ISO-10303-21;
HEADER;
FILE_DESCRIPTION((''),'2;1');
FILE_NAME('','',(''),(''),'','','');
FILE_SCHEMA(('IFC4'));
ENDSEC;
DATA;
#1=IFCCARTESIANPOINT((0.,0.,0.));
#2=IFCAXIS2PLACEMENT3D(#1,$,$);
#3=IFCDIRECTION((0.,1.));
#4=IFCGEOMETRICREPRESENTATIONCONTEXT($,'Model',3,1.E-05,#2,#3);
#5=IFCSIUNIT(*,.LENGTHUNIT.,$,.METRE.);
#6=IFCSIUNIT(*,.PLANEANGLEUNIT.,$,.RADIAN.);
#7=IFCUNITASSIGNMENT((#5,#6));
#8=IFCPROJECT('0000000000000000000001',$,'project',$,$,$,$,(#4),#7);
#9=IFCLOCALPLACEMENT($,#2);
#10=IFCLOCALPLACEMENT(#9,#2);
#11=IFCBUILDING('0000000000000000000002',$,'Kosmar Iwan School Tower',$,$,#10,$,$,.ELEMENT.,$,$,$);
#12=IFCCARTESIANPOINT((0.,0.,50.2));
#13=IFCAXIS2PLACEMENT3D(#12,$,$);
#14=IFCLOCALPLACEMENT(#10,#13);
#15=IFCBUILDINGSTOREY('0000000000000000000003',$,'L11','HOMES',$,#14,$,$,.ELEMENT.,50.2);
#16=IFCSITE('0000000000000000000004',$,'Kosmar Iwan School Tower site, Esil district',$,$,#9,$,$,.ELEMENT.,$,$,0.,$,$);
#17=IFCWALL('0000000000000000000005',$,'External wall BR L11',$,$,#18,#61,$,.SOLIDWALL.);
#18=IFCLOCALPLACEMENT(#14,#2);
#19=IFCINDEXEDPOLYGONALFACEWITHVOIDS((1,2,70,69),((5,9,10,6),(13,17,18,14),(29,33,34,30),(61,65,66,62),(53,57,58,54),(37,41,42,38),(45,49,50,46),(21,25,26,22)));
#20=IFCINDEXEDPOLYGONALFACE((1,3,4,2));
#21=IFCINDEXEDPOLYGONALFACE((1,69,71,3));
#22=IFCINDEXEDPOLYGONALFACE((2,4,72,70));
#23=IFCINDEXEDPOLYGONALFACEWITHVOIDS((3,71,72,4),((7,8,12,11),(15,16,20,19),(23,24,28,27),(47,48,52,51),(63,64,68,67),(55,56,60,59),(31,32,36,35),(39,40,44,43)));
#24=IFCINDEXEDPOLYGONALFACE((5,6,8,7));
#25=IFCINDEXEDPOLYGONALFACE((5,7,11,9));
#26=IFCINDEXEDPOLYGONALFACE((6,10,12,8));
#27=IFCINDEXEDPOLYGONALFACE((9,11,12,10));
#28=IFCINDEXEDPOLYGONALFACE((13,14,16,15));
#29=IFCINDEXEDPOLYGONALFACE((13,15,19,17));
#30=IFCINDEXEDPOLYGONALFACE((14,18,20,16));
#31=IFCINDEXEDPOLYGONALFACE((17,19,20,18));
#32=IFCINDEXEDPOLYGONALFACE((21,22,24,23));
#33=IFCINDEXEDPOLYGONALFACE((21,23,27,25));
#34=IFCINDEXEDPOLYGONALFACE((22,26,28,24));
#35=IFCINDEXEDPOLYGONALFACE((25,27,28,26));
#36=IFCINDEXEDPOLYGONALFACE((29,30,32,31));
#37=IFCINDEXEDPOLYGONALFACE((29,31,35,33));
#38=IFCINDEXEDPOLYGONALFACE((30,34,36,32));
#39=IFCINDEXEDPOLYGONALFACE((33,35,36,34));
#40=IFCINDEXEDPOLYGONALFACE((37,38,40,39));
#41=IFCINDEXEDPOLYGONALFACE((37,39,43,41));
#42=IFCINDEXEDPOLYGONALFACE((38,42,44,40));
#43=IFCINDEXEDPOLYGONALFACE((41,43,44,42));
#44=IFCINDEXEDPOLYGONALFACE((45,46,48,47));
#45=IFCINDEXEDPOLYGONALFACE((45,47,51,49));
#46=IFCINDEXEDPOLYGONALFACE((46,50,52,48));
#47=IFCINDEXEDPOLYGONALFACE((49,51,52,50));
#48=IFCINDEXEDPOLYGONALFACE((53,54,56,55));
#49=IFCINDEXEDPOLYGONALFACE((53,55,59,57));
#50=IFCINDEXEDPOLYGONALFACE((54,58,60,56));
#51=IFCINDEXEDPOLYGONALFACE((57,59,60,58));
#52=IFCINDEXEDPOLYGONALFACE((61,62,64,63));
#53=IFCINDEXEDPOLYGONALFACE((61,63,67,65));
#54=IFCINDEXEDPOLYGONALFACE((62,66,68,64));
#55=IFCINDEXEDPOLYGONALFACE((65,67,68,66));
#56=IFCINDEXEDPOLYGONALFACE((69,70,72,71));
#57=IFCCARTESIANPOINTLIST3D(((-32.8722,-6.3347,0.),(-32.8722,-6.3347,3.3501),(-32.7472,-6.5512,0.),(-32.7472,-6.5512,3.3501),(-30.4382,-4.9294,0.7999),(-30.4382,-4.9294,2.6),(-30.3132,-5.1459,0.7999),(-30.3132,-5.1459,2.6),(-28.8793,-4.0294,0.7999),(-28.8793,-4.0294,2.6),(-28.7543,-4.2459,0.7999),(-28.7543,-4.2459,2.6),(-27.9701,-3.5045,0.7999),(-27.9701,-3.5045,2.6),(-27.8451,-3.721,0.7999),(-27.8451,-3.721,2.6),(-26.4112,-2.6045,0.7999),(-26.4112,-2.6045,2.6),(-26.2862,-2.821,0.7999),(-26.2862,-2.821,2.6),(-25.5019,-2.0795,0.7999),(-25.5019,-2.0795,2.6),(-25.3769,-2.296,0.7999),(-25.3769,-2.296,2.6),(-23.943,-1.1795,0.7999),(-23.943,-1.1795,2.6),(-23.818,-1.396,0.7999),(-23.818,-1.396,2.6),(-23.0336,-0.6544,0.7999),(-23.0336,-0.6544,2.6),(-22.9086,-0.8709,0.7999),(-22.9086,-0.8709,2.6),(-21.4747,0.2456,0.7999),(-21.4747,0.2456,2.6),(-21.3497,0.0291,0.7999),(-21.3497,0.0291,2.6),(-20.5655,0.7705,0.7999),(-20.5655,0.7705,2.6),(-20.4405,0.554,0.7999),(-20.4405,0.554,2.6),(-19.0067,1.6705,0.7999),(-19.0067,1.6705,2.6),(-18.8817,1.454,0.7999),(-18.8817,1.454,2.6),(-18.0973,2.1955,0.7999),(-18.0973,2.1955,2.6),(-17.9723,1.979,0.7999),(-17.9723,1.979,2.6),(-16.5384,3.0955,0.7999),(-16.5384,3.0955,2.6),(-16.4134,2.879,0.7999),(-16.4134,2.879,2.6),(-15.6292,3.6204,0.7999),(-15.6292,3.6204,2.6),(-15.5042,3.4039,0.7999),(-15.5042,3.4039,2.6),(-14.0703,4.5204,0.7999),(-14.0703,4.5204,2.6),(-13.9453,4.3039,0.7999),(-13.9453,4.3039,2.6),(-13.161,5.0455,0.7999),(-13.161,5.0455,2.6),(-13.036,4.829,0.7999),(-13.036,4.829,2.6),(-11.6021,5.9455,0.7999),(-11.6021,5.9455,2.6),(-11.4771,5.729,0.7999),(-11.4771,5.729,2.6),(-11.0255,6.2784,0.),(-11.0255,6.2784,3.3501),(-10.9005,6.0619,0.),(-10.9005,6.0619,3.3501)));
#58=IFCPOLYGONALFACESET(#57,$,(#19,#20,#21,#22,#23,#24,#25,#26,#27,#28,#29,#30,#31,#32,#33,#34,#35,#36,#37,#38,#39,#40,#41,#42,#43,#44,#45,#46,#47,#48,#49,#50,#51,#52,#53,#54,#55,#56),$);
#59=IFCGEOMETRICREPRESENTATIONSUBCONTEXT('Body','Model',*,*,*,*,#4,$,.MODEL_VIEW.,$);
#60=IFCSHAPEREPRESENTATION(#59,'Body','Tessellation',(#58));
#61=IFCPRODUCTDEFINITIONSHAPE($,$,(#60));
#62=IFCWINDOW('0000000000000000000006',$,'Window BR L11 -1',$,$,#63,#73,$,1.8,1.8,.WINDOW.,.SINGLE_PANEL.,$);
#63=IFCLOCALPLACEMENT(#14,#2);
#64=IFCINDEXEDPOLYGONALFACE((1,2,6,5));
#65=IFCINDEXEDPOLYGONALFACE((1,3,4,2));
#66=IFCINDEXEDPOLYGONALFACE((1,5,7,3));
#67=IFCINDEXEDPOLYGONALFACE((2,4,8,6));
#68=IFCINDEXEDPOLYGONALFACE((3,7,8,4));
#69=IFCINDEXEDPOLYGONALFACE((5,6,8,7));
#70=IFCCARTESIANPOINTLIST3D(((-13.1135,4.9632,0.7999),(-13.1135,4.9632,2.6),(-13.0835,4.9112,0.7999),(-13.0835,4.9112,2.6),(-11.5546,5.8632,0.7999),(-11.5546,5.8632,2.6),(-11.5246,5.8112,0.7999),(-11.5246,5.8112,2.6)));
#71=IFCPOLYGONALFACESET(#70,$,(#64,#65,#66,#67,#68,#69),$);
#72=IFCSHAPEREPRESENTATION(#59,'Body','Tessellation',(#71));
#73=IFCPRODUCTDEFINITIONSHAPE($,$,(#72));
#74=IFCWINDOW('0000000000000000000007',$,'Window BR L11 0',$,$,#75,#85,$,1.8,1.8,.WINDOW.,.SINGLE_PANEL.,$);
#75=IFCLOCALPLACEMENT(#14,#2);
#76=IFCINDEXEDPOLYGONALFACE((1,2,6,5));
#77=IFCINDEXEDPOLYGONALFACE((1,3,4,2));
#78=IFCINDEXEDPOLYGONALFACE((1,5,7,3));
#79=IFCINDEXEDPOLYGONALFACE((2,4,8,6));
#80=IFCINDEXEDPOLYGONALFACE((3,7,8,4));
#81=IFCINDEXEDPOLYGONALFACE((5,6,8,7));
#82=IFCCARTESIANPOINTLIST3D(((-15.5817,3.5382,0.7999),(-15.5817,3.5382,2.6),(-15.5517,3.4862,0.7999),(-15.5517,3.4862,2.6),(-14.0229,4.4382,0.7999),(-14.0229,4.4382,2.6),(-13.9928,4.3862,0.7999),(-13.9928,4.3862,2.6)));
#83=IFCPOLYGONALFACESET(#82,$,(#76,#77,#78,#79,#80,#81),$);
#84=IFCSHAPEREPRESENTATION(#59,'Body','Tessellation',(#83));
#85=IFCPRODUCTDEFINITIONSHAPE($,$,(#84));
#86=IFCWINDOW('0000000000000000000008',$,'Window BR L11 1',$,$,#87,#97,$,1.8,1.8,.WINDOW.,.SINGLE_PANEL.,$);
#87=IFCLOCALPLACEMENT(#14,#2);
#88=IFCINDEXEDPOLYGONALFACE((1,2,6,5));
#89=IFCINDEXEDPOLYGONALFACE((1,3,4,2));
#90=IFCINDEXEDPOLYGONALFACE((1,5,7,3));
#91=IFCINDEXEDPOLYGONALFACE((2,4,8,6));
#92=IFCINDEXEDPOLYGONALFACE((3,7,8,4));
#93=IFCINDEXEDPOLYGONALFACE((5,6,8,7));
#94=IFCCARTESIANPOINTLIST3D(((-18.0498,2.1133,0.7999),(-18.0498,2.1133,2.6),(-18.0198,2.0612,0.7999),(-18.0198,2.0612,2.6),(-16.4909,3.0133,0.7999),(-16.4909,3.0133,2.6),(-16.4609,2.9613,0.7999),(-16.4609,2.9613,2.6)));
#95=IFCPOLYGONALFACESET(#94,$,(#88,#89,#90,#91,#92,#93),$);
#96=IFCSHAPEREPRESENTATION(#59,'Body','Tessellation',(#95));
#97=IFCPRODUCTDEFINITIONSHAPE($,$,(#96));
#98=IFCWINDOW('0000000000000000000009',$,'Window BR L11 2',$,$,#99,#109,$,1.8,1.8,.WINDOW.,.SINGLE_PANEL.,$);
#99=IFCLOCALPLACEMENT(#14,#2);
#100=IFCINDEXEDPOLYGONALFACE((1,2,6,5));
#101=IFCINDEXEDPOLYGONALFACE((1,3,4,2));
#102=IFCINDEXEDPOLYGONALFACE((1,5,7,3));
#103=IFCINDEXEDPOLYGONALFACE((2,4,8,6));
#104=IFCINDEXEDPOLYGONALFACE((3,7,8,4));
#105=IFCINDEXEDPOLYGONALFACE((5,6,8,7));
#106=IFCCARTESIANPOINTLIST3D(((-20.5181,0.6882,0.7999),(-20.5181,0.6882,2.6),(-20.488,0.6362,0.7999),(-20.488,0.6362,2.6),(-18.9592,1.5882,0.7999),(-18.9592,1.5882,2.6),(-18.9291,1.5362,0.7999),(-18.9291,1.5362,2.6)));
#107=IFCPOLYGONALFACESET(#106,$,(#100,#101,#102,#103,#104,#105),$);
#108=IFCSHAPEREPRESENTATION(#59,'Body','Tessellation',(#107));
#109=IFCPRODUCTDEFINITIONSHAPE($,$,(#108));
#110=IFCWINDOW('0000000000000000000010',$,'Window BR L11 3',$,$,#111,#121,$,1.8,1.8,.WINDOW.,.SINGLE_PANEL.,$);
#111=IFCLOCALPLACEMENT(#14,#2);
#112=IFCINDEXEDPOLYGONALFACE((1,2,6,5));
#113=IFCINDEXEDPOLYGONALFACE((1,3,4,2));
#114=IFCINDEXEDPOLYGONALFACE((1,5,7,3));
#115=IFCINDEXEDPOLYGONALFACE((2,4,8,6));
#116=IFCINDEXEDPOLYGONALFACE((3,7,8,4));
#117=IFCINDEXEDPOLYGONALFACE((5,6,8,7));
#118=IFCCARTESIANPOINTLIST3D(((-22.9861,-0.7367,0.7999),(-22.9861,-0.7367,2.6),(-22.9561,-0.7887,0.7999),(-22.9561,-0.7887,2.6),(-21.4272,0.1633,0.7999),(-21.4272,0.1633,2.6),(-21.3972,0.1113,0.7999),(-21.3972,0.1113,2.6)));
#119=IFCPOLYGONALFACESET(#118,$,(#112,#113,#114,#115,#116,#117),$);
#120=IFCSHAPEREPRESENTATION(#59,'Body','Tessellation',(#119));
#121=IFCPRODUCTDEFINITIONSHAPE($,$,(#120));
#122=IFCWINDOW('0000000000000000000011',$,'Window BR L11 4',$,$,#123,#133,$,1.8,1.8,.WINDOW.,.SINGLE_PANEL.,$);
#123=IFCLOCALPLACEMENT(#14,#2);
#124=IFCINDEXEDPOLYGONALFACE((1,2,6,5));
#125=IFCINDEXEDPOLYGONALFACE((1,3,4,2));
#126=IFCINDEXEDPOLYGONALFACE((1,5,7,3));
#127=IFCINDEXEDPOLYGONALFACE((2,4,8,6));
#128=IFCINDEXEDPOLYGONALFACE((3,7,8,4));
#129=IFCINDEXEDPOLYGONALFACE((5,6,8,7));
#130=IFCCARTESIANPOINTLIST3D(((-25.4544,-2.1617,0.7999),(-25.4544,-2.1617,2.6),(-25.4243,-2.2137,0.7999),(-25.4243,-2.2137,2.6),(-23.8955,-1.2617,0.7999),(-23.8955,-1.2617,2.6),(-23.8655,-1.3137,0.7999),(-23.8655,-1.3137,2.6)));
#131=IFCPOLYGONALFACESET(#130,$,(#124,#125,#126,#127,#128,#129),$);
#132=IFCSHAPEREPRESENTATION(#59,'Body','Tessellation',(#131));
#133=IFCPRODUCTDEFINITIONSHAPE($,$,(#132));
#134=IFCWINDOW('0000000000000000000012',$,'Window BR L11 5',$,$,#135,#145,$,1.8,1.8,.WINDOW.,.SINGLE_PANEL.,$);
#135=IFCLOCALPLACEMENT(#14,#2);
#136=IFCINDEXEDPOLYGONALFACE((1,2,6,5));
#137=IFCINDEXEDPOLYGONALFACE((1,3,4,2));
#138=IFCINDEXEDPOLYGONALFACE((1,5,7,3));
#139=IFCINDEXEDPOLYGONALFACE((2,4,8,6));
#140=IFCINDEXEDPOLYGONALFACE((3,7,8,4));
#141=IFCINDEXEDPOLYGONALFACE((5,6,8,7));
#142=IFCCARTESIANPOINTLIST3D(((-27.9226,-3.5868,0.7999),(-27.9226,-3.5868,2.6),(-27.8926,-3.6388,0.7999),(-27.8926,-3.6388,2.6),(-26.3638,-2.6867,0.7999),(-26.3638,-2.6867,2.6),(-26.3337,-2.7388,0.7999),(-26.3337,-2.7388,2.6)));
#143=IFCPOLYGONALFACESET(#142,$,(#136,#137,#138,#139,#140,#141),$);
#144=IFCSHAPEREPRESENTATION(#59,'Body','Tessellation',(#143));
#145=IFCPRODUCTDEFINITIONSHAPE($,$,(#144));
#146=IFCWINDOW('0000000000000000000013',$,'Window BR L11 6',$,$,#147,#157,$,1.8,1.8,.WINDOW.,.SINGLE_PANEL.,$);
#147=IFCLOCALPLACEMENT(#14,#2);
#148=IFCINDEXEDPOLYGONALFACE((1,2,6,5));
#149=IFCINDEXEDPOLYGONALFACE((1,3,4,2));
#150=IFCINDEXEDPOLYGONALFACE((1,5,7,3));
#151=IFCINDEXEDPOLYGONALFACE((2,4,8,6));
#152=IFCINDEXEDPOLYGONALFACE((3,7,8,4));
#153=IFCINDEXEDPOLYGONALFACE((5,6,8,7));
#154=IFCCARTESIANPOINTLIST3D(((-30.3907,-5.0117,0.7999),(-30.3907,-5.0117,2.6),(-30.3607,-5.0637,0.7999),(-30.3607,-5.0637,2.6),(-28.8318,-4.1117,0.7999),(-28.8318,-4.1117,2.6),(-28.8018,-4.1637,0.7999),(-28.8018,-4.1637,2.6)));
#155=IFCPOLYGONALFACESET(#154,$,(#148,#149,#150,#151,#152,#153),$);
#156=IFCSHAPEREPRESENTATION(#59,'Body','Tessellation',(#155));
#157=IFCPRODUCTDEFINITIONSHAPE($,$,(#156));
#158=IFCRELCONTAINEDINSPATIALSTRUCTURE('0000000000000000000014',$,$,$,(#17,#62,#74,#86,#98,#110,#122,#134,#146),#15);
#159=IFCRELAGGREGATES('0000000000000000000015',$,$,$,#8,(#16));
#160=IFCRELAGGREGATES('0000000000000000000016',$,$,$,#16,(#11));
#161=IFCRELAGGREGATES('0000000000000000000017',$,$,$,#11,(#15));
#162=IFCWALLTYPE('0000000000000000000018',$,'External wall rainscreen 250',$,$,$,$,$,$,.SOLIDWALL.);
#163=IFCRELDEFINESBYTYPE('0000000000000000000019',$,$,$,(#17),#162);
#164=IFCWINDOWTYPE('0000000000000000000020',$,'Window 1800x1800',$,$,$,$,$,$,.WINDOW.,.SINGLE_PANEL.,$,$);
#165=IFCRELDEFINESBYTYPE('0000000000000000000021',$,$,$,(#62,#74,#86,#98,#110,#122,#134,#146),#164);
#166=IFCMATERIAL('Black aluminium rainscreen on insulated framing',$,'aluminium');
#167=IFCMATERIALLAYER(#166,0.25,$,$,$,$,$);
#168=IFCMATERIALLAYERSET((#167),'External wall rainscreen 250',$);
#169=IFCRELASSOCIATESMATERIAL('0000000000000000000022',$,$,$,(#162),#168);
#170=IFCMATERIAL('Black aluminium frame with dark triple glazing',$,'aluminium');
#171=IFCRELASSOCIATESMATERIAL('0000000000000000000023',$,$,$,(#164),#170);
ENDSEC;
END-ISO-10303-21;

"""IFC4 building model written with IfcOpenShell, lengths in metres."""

from ifc_helpers import new_model, si_unit, direction, frame, frame_2d, origin, place, context, subcontext, project, spatial, rectangle, extrude, material, layer, layer_set, type_object, element, fill, save


model = new_model("IFC4")

# Units and contexts
model_context = context("Model", 3, precision=1e-05, world=origin(), true_north=direction((0.0, 1.0)))
body_context = subcontext(model_context, "Body", "Model", "MODEL_VIEW")
ifc_project = project(units=[si_unit("LENGTHUNIT", "METRE"), si_unit("PLANEANGLEUNIT", "RADIAN")], contexts=[model_context])

# Site, building, storey
site_placement = place(None, origin())
site = spatial("IfcSite", under=ifc_project, at=site_placement, Name="Kosmar Iwan School Tower site, Esil district", CompositionType="ELEMENT", RefElevation=0.0)
building_placement = place(site_placement, origin())
building = spatial("IfcBuilding", under=site, at=building_placement, Name="Kosmar Iwan School Tower", CompositionType="ELEMENT")
storey_placement = place(building_placement, frame((0.0, 0.0, 50.2)))
storey = spatial("IfcBuildingStorey", under=building, at=storey_placement, Name="L11", Description="HOMES", CompositionType="ELEMENT", Elevation=50.2)

# Wall, openings, windows
ifc_material_1 = material(Name="Black aluminium rainscreen on insulated framing", Category="aluminium")
ifc_layer = layer(ifc_material_1, 0.25)
ifc_layer_set = layer_set([ifc_layer], Name="External wall rainscreen 250")
wall_type = type_object("IfcWallType", Name="External wall rainscreen 250", PredefinedType="SOLIDWALL", material=ifc_layer_set)
ifc_material_2 = material(Name="Black aluminium frame with dark triple glazing", Category="aluminium")
window_type = type_object("IfcWindowType", Name="Window 1800x1800", PartitioningType="SINGLE_PANEL", PredefinedType="WINDOW", material=ifc_material_2)
wall_1_placement = place(storey_placement, frame((-10.9629, 6.1702, 0.0), z_axis=(0.0, 0.0, 1.0), x_axis=(-0.866028, -0.499996, 0.0)))
wall_1 = element("IfcWall", 1, at=wall_1_placement, inside=storey, type_object=wall_type, Name="External wall BR L11", PredefinedType="SOLIDWALL", context=body_context, shape_type="SweptSolid", body=[
    extrude(rectangle(XDim=25.2263, YDim=0.25, at=frame_2d((12.6133, 0.0))), origin(), (0.0, 0.0, 1.0), 3.3501),
])
opening_1_placement = place(wall_1_placement, frame((0.666, 0.0, 0.8)))
opening_1 = element("IfcOpeningElement", 2, at=opening_1_placement, cuts=wall_1, PredefinedType="OPENING", context=body_context, shape_type="SweptSolid", body=[
    extrude(rectangle(XDim=1.8, YDim=1.8, at=frame_2d((0.8999, 0.8999))), frame((0.0, 0.137, 0.0), z_axis=(0.0, -1.0, 0.0), x_axis=(1.0, 0.0, 0.0)), (0.0, 0.0, 1.0), 0.2739),
])
opening_2_placement = place(wall_1_placement, frame((3.5161, 0.0, 0.8)))
opening_2 = element("IfcOpeningElement", 3, at=opening_2_placement, cuts=wall_1, PredefinedType="OPENING", context=body_context, shape_type="SweptSolid", body=[
    extrude(rectangle(XDim=1.8, YDim=1.8, at=frame_2d((0.8999, 0.8999))), frame((0.0, 0.137, 0.0), z_axis=(0.0, -1.0, 0.0), x_axis=(1.0, 0.0, 0.0)), (0.0, 0.0, 1.0), 0.2739),
])
opening_3_placement = place(wall_1_placement, frame((6.366, 0.0, 0.8)))
opening_3 = element("IfcOpeningElement", 4, at=opening_3_placement, cuts=wall_1, PredefinedType="OPENING", context=body_context, shape_type="SweptSolid", body=[
    extrude(rectangle(XDim=1.8, YDim=1.8, at=frame_2d((0.8999, 0.8999))), frame((0.0, 0.137, 0.0), z_axis=(0.0, -1.0, 0.0), x_axis=(1.0, 0.0, 0.0)), (0.0, 0.0, 1.0), 0.2739),
])
opening_4_placement = place(wall_1_placement, frame((9.2161, 0.0, 0.8)))
opening_4 = element("IfcOpeningElement", 5, at=opening_4_placement, cuts=wall_1, PredefinedType="OPENING", context=body_context, shape_type="SweptSolid", body=[
    extrude(rectangle(XDim=1.8, YDim=1.8, at=frame_2d((0.8999, 0.8999))), frame((0.0, 0.137, 0.0), z_axis=(0.0, -1.0, 0.0), x_axis=(1.0, 0.0, 0.0)), (0.0, 0.0, 1.0), 0.2739),
])
opening_5_placement = place(wall_1_placement, frame((12.0659, 0.0, 0.8)))
opening_5 = element("IfcOpeningElement", 6, at=opening_5_placement, cuts=wall_1, PredefinedType="OPENING", context=body_context, shape_type="SweptSolid", body=[
    extrude(rectangle(XDim=1.8, YDim=1.8, at=frame_2d((0.8999, 0.8999))), frame((0.0, 0.137, 0.0), z_axis=(0.0, -1.0, 0.0), x_axis=(1.0, 0.0, 0.0)), (0.0, 0.0, 1.0), 0.2739),
])
opening_6_placement = place(wall_1_placement, frame((14.916, 0.0, 0.8)))
opening_6 = element("IfcOpeningElement", 7, at=opening_6_placement, cuts=wall_1, PredefinedType="OPENING", context=body_context, shape_type="SweptSolid", body=[
    extrude(rectangle(XDim=1.8, YDim=1.8, at=frame_2d((0.8999, 0.8999))), frame((0.0, 0.137, 0.0), z_axis=(0.0, -1.0, 0.0), x_axis=(1.0, 0.0, 0.0)), (0.0, 0.0, 1.0), 0.2739),
])
opening_7_placement = place(wall_1_placement, frame((17.7661, 0.0, 0.8)))
opening_7 = element("IfcOpeningElement", 8, at=opening_7_placement, cuts=wall_1, PredefinedType="OPENING", context=body_context, shape_type="SweptSolid", body=[
    extrude(rectangle(XDim=1.8, YDim=1.8, at=frame_2d((0.8999, 0.8999))), frame((0.0, 0.137, 0.0), z_axis=(0.0, -1.0, 0.0), x_axis=(1.0, 0.0, 0.0)), (0.0, 0.0, 1.0), 0.2739),
])
opening_8_placement = place(wall_1_placement, frame((20.616, 0.0, 0.8)))
opening_8 = element("IfcOpeningElement", 9, at=opening_8_placement, cuts=wall_1, PredefinedType="OPENING", context=body_context, shape_type="SweptSolid", body=[
    extrude(rectangle(XDim=1.8, YDim=1.8, at=frame_2d((0.8999, 0.8999))), frame((0.0, 0.137, 0.0), z_axis=(0.0, -1.0, 0.0), x_axis=(1.0, 0.0, 0.0)), (0.0, 0.0, 1.0), 0.2739),
])
window_1_placement = place(opening_1_placement, origin())
window_1 = element("IfcWindow", 10, at=window_1_placement, inside=storey, type_object=window_type, Name="Window BR L11 -1", OverallHeight=1.8, OverallWidth=1.8, PartitioningType="SINGLE_PANEL", PredefinedType="WINDOW", context=body_context, shape_type="SweptSolid", body=[
    extrude(rectangle(XDim=1.8, YDim=1.8, at=frame_2d((0.8999, 0.8999))), frame((0.0, 0.03, 0.0), z_axis=(0.0, -1.0, 0.0), x_axis=(1.0, 0.0, 0.0)), (0.0, 0.0, 1.0), 0.0601),
])
fill(opening_1, window_1)
window_2_placement = place(opening_2_placement, origin())
window_2 = element("IfcWindow", 11, at=window_2_placement, inside=storey, type_object=window_type, Name="Window BR L11 0", OverallHeight=1.8, OverallWidth=1.8, PartitioningType="SINGLE_PANEL", PredefinedType="WINDOW", context=body_context, shape_type="SweptSolid", body=[
    extrude(rectangle(XDim=1.8, YDim=1.8, at=frame_2d((0.8999, 0.8999))), frame((0.0, 0.03, 0.0), z_axis=(0.0, -1.0, 0.0), x_axis=(1.0, 0.0, 0.0)), (0.0, 0.0, 1.0), 0.0601),
])
fill(opening_2, window_2)
window_3_placement = place(opening_3_placement, origin())
window_3 = element("IfcWindow", 12, at=window_3_placement, inside=storey, type_object=window_type, Name="Window BR L11 1", OverallHeight=1.8, OverallWidth=1.8, PartitioningType="SINGLE_PANEL", PredefinedType="WINDOW", context=body_context, shape_type="SweptSolid", body=[
    extrude(rectangle(XDim=1.8, YDim=1.8, at=frame_2d((0.8999, 0.8999))), frame((0.0, 0.03, 0.0), z_axis=(0.0, -1.0, 0.0), x_axis=(1.0, 0.0, 0.0)), (0.0, 0.0, 1.0), 0.0601),
])
fill(opening_3, window_3)
window_4_placement = place(opening_4_placement, origin())
window_4 = element("IfcWindow", 13, at=window_4_placement, inside=storey, type_object=window_type, Name="Window BR L11 2", OverallHeight=1.8, OverallWidth=1.8, PartitioningType="SINGLE_PANEL", PredefinedType="WINDOW", context=body_context, shape_type="SweptSolid", body=[
    extrude(rectangle(XDim=1.8, YDim=1.8, at=frame_2d((0.8999, 0.8999))), frame((0.0, 0.03, 0.0), z_axis=(0.0, -1.0, 0.0), x_axis=(1.0, 0.0, 0.0)), (0.0, 0.0, 1.0), 0.0601),
])
fill(opening_4, window_4)
window_5_placement = place(opening_5_placement, origin())
window_5 = element("IfcWindow", 14, at=window_5_placement, inside=storey, type_object=window_type, Name="Window BR L11 3", OverallHeight=1.8, OverallWidth=1.8, PartitioningType="SINGLE_PANEL", PredefinedType="WINDOW", context=body_context, shape_type="SweptSolid", body=[
    extrude(rectangle(XDim=1.8, YDim=1.8, at=frame_2d((0.8999, 0.8999))), frame((0.0, 0.03, 0.0), z_axis=(0.0, -1.0, 0.0), x_axis=(1.0, 0.0, 0.0)), (0.0, 0.0, 1.0), 0.0601),
])
fill(opening_5, window_5)
window_6_placement = place(opening_6_placement, origin())
window_6 = element("IfcWindow", 15, at=window_6_placement, inside=storey, type_object=window_type, Name="Window BR L11 4", OverallHeight=1.8, OverallWidth=1.8, PartitioningType="SINGLE_PANEL", PredefinedType="WINDOW", context=body_context, shape_type="SweptSolid", body=[
    extrude(rectangle(XDim=1.8, YDim=1.8, at=frame_2d((0.8999, 0.8999))), frame((0.0, 0.03, 0.0), z_axis=(0.0, -1.0, 0.0), x_axis=(1.0, 0.0, 0.0)), (0.0, 0.0, 1.0), 0.0601),
])
fill(opening_6, window_6)
window_7_placement = place(opening_7_placement, origin())
window_7 = element("IfcWindow", 16, at=window_7_placement, inside=storey, type_object=window_type, Name="Window BR L11 5", OverallHeight=1.8, OverallWidth=1.8, PartitioningType="SINGLE_PANEL", PredefinedType="WINDOW", context=body_context, shape_type="SweptSolid", body=[
    extrude(rectangle(XDim=1.8, YDim=1.8, at=frame_2d((0.8999, 0.8999))), frame((0.0, 0.03, 0.0), z_axis=(0.0, -1.0, 0.0), x_axis=(1.0, 0.0, 0.0)), (0.0, 0.0, 1.0), 0.0601),
])
fill(opening_7, window_7)
window_8_placement = place(opening_8_placement, origin())
window_8 = element("IfcWindow", 17, at=window_8_placement, inside=storey, type_object=window_type, Name="Window BR L11 6", OverallHeight=1.8, OverallWidth=1.8, PartitioningType="SINGLE_PANEL", PredefinedType="WINDOW", context=body_context, shape_type="SweptSolid", body=[
    extrude(rectangle(XDim=1.8, YDim=1.8, at=frame_2d((0.8999, 0.8999))), frame((0.0, 0.03, 0.0), z_axis=(0.0, -1.0, 0.0), x_axis=(1.0, 0.0, 0.0)), (0.0, 0.0, 1.0), 0.0601),
])
fill(opening_8, window_8)

save(model, "model.ifc")
